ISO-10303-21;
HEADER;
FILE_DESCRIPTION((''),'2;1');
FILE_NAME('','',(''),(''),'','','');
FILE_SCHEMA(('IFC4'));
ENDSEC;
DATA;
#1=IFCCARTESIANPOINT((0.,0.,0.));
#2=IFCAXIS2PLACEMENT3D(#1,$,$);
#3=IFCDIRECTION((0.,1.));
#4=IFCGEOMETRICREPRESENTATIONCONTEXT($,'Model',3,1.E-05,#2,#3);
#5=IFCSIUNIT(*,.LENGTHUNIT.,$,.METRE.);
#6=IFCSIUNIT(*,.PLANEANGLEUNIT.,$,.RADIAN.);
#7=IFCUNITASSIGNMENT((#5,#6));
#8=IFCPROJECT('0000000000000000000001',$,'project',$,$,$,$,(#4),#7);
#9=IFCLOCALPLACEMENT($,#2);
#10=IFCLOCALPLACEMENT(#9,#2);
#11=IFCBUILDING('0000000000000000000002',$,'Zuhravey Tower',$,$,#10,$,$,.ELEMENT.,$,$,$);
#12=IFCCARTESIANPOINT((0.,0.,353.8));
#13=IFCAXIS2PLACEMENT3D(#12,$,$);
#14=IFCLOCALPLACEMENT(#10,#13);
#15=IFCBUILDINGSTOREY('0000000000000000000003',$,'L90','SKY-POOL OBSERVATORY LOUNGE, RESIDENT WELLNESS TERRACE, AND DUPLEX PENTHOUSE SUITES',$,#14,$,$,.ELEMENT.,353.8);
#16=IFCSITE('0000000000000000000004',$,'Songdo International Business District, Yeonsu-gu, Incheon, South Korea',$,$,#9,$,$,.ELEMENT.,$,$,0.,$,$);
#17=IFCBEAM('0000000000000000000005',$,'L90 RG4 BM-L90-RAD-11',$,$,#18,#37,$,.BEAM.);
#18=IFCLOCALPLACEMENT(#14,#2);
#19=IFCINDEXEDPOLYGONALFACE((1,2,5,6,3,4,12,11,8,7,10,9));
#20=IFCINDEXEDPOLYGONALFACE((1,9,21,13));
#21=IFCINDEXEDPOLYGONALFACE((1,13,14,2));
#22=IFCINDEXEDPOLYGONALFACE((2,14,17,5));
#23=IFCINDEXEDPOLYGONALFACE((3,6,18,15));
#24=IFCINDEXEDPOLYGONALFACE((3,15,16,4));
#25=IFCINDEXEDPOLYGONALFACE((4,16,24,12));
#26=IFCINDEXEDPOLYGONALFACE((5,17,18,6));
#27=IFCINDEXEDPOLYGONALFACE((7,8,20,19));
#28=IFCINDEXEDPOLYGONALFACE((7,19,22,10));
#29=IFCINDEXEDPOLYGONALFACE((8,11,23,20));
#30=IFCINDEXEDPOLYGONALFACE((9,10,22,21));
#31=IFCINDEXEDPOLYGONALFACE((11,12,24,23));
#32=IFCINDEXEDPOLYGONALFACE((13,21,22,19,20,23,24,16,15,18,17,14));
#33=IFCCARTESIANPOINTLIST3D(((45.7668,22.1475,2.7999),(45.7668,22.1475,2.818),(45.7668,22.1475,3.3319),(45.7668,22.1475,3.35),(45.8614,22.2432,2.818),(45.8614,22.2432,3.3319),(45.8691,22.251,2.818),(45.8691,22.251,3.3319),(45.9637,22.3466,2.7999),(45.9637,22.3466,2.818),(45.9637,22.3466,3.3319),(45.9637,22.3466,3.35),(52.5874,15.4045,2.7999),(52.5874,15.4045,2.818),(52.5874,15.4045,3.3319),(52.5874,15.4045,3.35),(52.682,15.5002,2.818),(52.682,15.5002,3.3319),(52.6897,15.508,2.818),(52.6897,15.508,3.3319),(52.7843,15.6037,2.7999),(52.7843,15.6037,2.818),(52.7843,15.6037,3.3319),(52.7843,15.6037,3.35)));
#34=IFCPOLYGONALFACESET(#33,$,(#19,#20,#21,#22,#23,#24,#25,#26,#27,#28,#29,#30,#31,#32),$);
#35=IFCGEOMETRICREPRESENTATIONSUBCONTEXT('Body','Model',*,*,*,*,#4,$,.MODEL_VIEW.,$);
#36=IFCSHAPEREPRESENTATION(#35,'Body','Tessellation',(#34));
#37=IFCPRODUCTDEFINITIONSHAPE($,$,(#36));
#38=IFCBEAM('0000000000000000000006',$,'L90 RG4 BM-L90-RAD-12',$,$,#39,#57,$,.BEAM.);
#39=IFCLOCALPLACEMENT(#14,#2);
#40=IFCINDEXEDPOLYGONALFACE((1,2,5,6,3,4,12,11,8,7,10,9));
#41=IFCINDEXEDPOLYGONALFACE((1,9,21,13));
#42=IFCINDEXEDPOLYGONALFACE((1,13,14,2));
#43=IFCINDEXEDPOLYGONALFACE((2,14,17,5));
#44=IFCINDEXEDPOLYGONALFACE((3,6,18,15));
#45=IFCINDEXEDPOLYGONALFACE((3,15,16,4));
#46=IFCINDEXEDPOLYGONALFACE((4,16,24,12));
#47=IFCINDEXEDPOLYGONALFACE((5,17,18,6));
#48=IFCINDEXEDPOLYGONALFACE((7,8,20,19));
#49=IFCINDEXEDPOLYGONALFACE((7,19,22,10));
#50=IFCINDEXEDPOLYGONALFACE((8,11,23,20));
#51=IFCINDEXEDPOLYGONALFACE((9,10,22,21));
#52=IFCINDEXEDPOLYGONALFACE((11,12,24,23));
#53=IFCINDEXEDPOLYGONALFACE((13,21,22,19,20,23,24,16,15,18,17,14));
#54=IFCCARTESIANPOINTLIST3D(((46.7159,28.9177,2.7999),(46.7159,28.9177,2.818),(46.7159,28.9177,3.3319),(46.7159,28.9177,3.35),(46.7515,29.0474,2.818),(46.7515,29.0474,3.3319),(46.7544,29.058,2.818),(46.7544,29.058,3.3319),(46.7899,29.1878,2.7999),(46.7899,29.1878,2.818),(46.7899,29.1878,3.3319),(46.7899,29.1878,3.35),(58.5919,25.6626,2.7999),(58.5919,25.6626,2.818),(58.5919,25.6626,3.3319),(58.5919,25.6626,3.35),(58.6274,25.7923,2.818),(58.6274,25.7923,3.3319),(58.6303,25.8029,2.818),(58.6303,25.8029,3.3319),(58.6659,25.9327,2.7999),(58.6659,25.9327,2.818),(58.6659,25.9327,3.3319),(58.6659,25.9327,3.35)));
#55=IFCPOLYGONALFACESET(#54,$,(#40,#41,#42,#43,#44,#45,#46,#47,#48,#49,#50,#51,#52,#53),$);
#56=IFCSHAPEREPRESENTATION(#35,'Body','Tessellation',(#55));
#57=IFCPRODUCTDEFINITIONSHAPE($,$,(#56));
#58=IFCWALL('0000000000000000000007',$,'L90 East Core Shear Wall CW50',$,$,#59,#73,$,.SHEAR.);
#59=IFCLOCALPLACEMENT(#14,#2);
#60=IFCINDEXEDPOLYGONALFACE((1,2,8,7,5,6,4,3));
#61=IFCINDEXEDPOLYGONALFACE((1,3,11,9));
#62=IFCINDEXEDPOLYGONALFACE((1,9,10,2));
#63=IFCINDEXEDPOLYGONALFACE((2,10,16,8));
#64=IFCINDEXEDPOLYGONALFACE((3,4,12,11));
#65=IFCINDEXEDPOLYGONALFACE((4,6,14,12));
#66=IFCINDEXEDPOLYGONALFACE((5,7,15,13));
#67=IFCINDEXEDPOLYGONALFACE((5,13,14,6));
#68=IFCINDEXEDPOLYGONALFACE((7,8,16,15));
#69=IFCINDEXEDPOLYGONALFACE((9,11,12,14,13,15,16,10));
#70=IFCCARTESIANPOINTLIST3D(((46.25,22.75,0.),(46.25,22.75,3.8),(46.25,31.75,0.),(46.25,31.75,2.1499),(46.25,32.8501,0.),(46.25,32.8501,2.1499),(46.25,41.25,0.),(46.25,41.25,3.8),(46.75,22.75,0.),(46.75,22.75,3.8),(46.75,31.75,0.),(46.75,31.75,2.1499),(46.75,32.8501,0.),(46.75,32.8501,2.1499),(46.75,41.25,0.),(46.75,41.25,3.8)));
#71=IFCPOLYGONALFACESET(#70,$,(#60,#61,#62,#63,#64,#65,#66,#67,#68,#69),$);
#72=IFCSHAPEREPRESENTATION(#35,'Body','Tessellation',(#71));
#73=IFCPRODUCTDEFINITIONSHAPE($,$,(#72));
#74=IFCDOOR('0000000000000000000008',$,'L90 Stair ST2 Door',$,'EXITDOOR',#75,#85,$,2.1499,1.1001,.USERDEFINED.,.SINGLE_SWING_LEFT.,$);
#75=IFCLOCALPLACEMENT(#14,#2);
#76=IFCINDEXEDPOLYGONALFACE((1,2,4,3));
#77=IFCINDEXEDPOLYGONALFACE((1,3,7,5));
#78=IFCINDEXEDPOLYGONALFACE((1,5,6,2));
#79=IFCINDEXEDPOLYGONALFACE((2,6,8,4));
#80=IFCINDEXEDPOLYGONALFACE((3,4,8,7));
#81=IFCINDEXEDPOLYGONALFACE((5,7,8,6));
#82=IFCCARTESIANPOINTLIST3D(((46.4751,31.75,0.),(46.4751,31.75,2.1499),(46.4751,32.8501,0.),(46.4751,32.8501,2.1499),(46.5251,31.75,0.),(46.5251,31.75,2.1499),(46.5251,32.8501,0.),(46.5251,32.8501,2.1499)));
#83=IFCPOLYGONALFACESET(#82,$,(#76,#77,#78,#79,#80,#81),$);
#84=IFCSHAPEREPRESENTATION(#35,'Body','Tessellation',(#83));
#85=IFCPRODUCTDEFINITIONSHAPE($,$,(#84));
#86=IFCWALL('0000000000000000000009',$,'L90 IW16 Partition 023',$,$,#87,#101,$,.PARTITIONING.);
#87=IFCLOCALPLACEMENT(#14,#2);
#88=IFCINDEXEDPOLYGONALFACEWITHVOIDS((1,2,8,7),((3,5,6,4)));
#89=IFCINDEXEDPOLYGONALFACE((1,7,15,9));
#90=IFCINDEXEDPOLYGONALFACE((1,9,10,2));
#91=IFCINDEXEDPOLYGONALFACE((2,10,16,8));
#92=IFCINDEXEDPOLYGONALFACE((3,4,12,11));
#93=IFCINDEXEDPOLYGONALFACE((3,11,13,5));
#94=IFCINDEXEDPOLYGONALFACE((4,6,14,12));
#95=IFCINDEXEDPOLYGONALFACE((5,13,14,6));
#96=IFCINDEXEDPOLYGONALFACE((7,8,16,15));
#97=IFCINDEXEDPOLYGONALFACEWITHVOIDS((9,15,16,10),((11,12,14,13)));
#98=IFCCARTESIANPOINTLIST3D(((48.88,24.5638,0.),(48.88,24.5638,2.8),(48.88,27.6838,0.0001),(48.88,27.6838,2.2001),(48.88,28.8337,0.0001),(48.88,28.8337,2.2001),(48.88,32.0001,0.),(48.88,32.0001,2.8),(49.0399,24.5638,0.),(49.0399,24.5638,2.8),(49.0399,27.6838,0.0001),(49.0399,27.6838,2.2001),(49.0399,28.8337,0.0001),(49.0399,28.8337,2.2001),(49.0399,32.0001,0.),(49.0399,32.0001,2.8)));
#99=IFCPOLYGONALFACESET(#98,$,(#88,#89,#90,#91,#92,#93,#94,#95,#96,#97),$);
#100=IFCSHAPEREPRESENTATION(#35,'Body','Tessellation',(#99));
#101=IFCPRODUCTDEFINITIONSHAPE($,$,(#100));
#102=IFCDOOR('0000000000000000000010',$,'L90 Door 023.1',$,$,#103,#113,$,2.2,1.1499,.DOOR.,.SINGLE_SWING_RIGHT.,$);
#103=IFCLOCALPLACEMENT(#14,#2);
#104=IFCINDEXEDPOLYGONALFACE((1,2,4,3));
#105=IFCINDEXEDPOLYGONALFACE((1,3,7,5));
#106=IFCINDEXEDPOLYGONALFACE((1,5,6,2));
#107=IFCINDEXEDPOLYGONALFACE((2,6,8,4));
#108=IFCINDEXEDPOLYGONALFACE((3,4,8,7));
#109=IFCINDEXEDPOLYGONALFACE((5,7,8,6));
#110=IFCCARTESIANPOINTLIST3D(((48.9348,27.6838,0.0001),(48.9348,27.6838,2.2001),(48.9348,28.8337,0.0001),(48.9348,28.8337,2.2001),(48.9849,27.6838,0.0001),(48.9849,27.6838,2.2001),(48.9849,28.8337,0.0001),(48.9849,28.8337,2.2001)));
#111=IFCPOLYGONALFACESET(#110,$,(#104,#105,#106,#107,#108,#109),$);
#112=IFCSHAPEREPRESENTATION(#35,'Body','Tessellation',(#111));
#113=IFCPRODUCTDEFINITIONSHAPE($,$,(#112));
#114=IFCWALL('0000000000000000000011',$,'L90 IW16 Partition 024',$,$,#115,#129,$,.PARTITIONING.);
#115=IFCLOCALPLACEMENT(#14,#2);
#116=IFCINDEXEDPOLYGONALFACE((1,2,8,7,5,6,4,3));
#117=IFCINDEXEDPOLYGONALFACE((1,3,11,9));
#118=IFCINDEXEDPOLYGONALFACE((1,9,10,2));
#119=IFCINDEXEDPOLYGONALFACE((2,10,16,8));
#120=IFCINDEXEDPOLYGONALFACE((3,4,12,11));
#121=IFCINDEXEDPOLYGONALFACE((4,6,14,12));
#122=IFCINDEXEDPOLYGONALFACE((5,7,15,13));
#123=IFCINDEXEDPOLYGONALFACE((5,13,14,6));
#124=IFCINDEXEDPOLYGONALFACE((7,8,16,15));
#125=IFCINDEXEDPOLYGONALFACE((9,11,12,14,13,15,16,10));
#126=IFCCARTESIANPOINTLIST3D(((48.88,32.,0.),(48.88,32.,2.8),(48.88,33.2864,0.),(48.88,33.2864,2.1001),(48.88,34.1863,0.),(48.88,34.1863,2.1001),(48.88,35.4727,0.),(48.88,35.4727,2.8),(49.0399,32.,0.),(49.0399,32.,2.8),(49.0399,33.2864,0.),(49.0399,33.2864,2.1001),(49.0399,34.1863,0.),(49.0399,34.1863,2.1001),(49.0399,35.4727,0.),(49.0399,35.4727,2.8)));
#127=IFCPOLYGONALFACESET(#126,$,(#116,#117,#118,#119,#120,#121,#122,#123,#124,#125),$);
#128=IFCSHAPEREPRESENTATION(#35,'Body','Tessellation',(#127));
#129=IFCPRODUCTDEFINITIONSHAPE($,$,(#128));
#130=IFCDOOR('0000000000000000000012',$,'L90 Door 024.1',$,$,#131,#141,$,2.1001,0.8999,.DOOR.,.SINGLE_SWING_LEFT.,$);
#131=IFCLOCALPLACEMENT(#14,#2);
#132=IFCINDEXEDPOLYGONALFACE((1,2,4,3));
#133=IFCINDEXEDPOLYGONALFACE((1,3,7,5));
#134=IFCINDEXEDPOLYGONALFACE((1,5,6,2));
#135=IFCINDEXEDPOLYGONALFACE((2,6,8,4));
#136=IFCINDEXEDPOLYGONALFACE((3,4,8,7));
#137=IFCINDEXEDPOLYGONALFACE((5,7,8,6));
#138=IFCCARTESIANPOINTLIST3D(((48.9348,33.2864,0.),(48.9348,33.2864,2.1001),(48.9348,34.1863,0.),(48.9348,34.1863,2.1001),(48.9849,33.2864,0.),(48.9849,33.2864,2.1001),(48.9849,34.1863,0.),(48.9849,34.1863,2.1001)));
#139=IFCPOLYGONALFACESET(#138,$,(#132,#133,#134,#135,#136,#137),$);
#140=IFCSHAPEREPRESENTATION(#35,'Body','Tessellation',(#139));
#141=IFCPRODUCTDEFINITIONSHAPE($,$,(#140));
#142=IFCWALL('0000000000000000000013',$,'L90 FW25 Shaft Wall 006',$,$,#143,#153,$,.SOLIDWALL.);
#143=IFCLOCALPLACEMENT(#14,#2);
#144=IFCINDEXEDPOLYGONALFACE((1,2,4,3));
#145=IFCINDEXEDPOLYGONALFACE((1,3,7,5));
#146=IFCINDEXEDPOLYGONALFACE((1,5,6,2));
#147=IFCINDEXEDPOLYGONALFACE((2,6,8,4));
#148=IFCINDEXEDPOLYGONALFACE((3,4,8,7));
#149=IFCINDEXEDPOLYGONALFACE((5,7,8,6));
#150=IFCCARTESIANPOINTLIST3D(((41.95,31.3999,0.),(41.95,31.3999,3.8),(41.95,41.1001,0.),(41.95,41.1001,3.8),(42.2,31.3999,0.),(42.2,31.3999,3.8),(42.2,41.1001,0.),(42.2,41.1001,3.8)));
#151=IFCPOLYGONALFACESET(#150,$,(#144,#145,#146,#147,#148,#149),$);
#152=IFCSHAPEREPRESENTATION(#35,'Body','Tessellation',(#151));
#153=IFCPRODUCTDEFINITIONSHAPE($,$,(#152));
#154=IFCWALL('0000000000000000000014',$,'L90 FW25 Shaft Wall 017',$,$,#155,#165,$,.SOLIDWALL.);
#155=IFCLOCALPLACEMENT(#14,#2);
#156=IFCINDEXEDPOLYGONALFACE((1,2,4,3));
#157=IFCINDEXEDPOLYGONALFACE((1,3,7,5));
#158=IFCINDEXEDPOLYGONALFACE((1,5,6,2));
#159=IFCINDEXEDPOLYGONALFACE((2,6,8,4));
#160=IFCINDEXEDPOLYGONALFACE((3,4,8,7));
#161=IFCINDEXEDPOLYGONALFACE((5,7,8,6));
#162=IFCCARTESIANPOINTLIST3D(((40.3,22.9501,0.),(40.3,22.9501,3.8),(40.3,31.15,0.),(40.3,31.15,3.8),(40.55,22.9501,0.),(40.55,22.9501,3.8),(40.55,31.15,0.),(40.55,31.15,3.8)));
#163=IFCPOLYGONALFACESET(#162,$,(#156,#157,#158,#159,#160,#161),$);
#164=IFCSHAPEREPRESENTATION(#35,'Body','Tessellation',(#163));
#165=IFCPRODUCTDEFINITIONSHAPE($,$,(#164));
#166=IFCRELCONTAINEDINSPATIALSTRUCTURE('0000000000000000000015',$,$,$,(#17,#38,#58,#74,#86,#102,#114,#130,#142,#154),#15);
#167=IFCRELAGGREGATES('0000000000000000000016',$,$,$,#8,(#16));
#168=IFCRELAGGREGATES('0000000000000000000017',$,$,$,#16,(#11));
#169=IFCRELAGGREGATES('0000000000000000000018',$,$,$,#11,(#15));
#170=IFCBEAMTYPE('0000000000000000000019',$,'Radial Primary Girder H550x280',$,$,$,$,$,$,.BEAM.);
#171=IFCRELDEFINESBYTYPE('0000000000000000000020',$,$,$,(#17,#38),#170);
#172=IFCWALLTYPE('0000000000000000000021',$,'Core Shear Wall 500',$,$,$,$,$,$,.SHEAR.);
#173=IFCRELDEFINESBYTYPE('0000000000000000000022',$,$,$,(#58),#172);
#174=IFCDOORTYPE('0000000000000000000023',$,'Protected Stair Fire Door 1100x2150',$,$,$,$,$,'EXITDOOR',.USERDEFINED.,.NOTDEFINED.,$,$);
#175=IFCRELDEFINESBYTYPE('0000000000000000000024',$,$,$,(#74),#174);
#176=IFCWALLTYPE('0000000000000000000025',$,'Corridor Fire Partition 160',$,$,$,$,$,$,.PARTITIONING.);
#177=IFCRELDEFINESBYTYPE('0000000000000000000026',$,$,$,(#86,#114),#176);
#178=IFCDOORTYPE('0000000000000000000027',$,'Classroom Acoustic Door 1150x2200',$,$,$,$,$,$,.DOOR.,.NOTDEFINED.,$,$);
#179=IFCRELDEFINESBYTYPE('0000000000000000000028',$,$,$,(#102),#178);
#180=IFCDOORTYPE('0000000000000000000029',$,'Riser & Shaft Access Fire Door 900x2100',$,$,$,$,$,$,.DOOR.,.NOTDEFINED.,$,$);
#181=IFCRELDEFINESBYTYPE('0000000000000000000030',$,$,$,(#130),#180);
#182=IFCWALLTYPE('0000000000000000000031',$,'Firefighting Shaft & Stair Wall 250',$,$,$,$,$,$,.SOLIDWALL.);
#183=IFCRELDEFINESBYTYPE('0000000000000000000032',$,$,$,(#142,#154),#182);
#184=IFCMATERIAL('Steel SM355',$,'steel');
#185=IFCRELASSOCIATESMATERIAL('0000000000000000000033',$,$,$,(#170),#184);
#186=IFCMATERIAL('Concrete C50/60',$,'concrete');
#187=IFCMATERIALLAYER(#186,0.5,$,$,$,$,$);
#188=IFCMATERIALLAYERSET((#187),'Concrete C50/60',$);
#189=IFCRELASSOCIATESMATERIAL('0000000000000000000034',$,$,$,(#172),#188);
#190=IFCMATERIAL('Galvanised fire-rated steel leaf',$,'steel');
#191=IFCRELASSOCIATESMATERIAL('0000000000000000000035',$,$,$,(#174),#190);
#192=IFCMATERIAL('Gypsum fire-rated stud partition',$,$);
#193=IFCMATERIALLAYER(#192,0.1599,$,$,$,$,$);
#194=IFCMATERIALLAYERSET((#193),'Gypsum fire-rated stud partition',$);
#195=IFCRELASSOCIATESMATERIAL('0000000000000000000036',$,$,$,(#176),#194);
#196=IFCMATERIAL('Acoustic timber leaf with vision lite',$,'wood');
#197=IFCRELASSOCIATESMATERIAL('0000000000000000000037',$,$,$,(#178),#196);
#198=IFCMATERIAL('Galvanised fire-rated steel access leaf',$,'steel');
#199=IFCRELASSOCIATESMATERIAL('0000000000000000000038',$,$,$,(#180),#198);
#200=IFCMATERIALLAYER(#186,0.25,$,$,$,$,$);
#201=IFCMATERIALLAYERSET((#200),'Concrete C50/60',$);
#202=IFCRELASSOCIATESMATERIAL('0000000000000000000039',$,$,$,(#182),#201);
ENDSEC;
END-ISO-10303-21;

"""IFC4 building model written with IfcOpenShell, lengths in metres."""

from ifc_helpers import new_model, si_unit, direction, frame, frame_2d, origin, origin_2d, place, context, subcontext, project, spatial, rectangle, i_section, extrude, material, layer, layer_set, material_profile, profile_set, type_object, element, fill, save


model = new_model("IFC4")

# Units and contexts
model_context = context("Model", 3, precision=1e-05, world=origin(), true_north=direction((0.0, 1.0)))
body_context = subcontext(model_context, "Body", "Model", "MODEL_VIEW")
ifc_project = project(units=[si_unit("LENGTHUNIT", "METRE"), si_unit("PLANEANGLEUNIT", "RADIAN")], contexts=[model_context])

# Site, building, storey
site_placement = place(None, origin())
site = spatial("IfcSite", under=ifc_project, at=site_placement, Name="Songdo International Business District, Yeonsu-gu, Incheon, South Korea", CompositionType="ELEMENT", RefElevation=0.0)
building_placement = place(site_placement, origin())
building = spatial("IfcBuilding", under=site, at=building_placement, Name="Zuhravey Tower", CompositionType="ELEMENT")
storey_placement = place(building_placement, frame((0.0, 0.0, 353.8)))
storey = spatial("IfcBuildingStorey", under=building, at=storey_placement, Name="L90", Description="SKY-POOL OBSERVATORY LOUNGE, RESIDENT WELLNESS TERRACE, AND DUPLEX PENTHOUSE SUITES", CompositionType="ELEMENT", Elevation=353.8)

# Beams
ifc_material_1 = material(Name="Steel SM355", Category="steel")
ifc_material_profile = material_profile(ifc_material_1, i_section(OverallWidth=0.28, OverallDepth=0.55, WebThickness=0.011, FlangeThickness=0.0181, at=origin_2d()), Name="H-550x280x11x18")
ifc_profile_set = profile_set([ifc_material_profile], Name="Steel SM355")
beam_type = type_object("IfcBeamType", Name="Radial Primary Girder H550x280", PredefinedType="BEAM", material=ifc_profile_set)
beam_1_placement = place(storey_placement, frame((45.8652, 22.2471, 3.075), z_axis=(0.711143, -0.703048, 0.0), x_axis=(0.703048, 0.711143, 0.0)))
element("IfcBeam", 1, at=beam_1_placement, inside=storey, type_object=beam_type, Name="L90 RG4 BM-L90-RAD-11", PredefinedType="BEAM", context=body_context, shape_type="SweptSolid", body=[
    extrude(i_section(OverallWidth=0.28, OverallDepth=0.55, WebThickness=0.011, FlangeThickness=0.0181, at=origin_2d()), origin(), (0.0, 0.0, 1.0), 9.5911),
])
beam_2_placement = place(storey_placement, frame((46.7529, 29.0527, 3.075), z_axis=(0.964429, -0.264344, 0.0), x_axis=(0.264344, 0.964429, 0.0)))
element("IfcBeam", 2, at=beam_2_placement, inside=storey, type_object=beam_type, Name="L90 RG4 BM-L90-RAD-12", PredefinedType="BEAM", context=body_context, shape_type="SweptSolid", body=[
    extrude(i_section(OverallWidth=0.28, OverallDepth=0.55, WebThickness=0.011, FlangeThickness=0.0181, at=origin_2d()), origin(), (0.0, 0.0, 1.0), 12.314),
])

# Walls, openings, doors
ifc_material_2 = material(Name="Concrete C50/60", Category="concrete")
ifc_layer_1 = layer(ifc_material_2, 0.5)
ifc_layer_set_1 = layer_set([ifc_layer_1], Name="Concrete C50/60")
wall_type_1 = type_object("IfcWallType", Name="Core Shear Wall 500", PredefinedType="SHEAR", material=ifc_layer_set_1)
wall_1_placement = place(storey_placement, frame((46.5, 22.75, 0.0), z_axis=(0.0, 0.0, 1.0), x_axis=(0.0, 1.0, 0.0)))
wall_1 = element("IfcWall", 3, at=wall_1_placement, inside=storey, type_object=wall_type_1, Name="L90 East Core Shear Wall CW50", PredefinedType="SHEAR", context=body_context, shape_type="SweptSolid", body=[
    extrude(rectangle(XDim=18.5, YDim=0.5, at=frame_2d((9.25, 0.0))), origin(), (0.0, 0.0, 1.0), 3.8),
])
opening_1_placement = place(wall_1_placement, frame((9.0, 0.0, 0.0)))
opening_1 = element("IfcOpeningElement", 4, at=opening_1_placement, cuts=wall_1, PredefinedType="OPENING", context=body_context, shape_type="SweptSolid", body=[
    extrude(rectangle(XDim=1.1001, YDim=2.1499, at=frame_2d((0.55, 1.075))), frame((0.0, 0.262, 0.0), z_axis=(0.0, -1.0, 0.0), x_axis=(1.0, 0.0, 0.0)), (0.0, 0.0, 1.0), 0.5239),
])
ifc_material_3 = material(Name="Galvanised fire-rated steel leaf", Category="steel")
door_type_1 = type_object("IfcDoorType", Name="Protected Stair Fire Door 1100x2150", ElementType="EXITDOOR", OperationType="NOTDEFINED", PredefinedType="USERDEFINED", material=ifc_material_3)
door_1_placement = place(opening_1_placement, origin())
door_1 = element("IfcDoor", 5, at=door_1_placement, inside=storey, type_object=door_type_1, Name="L90 Stair ST2 Door", ObjectType="EXITDOOR", OperationType="SINGLE_SWING_LEFT", OverallHeight=2.1499, OverallWidth=1.1001, PredefinedType="USERDEFINED", context=body_context, shape_type="SweptSolid", body=[
    extrude(rectangle(XDim=1.1001, YDim=2.1499, at=frame_2d((0.55, 1.075))), frame((0.0, 0.0249, 0.0), z_axis=(0.0, -1.0, 0.0), x_axis=(1.0, 0.0, 0.0)), (0.0, 0.0, 1.0), 0.05),
])
fill(opening_1, door_1)
ifc_material_4 = material(Name="Gypsum fire-rated stud partition")
ifc_layer_2 = layer(ifc_material_4, 0.1599)
ifc_layer_set_2 = layer_set([ifc_layer_2], Name="Gypsum fire-rated stud partition")
wall_type_2 = type_object("IfcWallType", Name="Corridor Fire Partition 160", PredefinedType="PARTITIONING", material=ifc_layer_set_2)
wall_2_placement = place(storey_placement, frame((48.96, 24.5637, 0.0), z_axis=(0.0, 0.0, 1.0), x_axis=(0.0, 1.0, 0.0)))
wall_2 = element("IfcWall", 6, at=wall_2_placement, inside=storey, type_object=wall_type_2, Name="L90 IW16 Partition 023", PredefinedType="PARTITIONING", context=body_context, shape_type="SweptSolid", body=[
    extrude(rectangle(XDim=7.4363, YDim=0.1599, at=frame_2d((3.7183, 0.0))), origin(), (0.0, 0.0, 1.0), 2.8),
])
opening_2_placement = place(wall_2_placement, frame((3.1201, 0.0, 0.0)))
opening_2 = element("IfcOpeningElement", 7, at=opening_2_placement, cuts=wall_2, PredefinedType="OPENING", context=body_context, shape_type="SweptSolid", body=[
    extrude(rectangle(XDim=1.1499, YDim=2.2, at=frame_2d((0.575, 1.1001))), frame((0.0, 0.092, 0.0), z_axis=(0.0, -1.0, 0.0), x_axis=(1.0, 0.0, 0.0)), (0.0, 0.0, 1.0), 0.1838),
])
ifc_material_5 = material(Name="Acoustic timber leaf with vision lite", Category="wood")
door_type_2 = type_object("IfcDoorType", Name="Classroom Acoustic Door 1150x2200", OperationType="NOTDEFINED", PredefinedType="DOOR", material=ifc_material_5)
door_2_placement = place(opening_2_placement, frame((1.1499, 0.0, 0.0), z_axis=(0.0, 0.0, 1.0), x_axis=(-1.0, 0.0, 0.0)))
door_2 = element("IfcDoor", 8, at=door_2_placement, inside=storey, type_object=door_type_2, Name="L90 Door 023.1", OperationType="SINGLE_SWING_RIGHT", OverallHeight=2.2, OverallWidth=1.1499, PredefinedType="DOOR", context=body_context, shape_type="SweptSolid", body=[
    extrude(rectangle(XDim=1.1499, YDim=2.2, at=frame_2d((0.575, 1.1001))), frame((0.0, 0.0249, 0.0), z_axis=(0.0, -1.0, 0.0), x_axis=(1.0, 0.0, 0.0)), (0.0, 0.0, 1.0), 0.05),
])
fill(opening_2, door_2)
wall_3_placement = place(storey_placement, frame((48.96, 32.0, 0.0), z_axis=(0.0, 0.0, 1.0), x_axis=(0.0, 1.0, 0.0)))
wall_3 = element("IfcWall", 9, at=wall_3_placement, inside=storey, type_object=wall_type_2, Name="L90 IW16 Partition 024", PredefinedType="PARTITIONING", context=body_context, shape_type="SweptSolid", body=[
    extrude(rectangle(XDim=3.4727, YDim=0.1599, at=frame_2d((1.7363, 0.0))), origin(), (0.0, 0.0, 1.0), 2.8),
])
opening_3_placement = place(wall_3_placement, frame((1.2864, 0.0, 0.0)))
opening_3 = element("IfcOpeningElement", 10, at=opening_3_placement, cuts=wall_3, PredefinedType="OPENING", context=body_context, shape_type="SweptSolid", body=[
    extrude(rectangle(XDim=0.8999, YDim=2.1001, at=frame_2d((0.45, 1.05))), frame((0.0, 0.092, 0.0), z_axis=(0.0, -1.0, 0.0), x_axis=(1.0, 0.0, 0.0)), (0.0, 0.0, 1.0), 0.1838),
])
ifc_material_6 = material(Name="Galvanised fire-rated steel access leaf", Category="steel")
door_type_3 = type_object("IfcDoorType", Name="Riser & Shaft Access Fire Door 900x2100", OperationType="NOTDEFINED", PredefinedType="DOOR", material=ifc_material_6)
door_3_placement = place(opening_3_placement, frame((0.8999, 0.0, 0.0), z_axis=(0.0, 0.0, 1.0), x_axis=(-1.0, 0.0, 0.0)))
door_3 = element("IfcDoor", 11, at=door_3_placement, inside=storey, type_object=door_type_3, Name="L90 Door 024.1", OperationType="SINGLE_SWING_LEFT", OverallHeight=2.1001, OverallWidth=0.8999, PredefinedType="DOOR", context=body_context, shape_type="SweptSolid", body=[
    extrude(rectangle(XDim=0.8999, YDim=2.1001, at=frame_2d((0.45, 1.05))), frame((0.0, 0.0249, 0.0), z_axis=(0.0, -1.0, 0.0), x_axis=(1.0, 0.0, 0.0)), (0.0, 0.0, 1.0), 0.05),
])
fill(opening_3, door_3)

# Walls
ifc_layer_3 = layer(ifc_material_2, 0.25)
ifc_layer_set_3 = layer_set([ifc_layer_3], Name="Concrete C50/60")
wall_type_3 = type_object("IfcWallType", Name="Firefighting Shaft & Stair Wall 250", PredefinedType="SOLIDWALL", material=ifc_layer_set_3)
wall_4_placement = place(storey_placement, frame((42.075, 31.3999, 0.0), z_axis=(0.0, 0.0, 1.0), x_axis=(0.0, 1.0, 0.0)))
element("IfcWall", 12, at=wall_4_placement, inside=storey, type_object=wall_type_3, Name="L90 FW25 Shaft Wall 006", PredefinedType="SOLIDWALL", context=body_context, shape_type="SweptSolid", body=[
    extrude(rectangle(XDim=9.7002, YDim=0.25, at=frame_2d((4.8501, 0.0))), origin(), (0.0, 0.0, 1.0), 3.8),
])
wall_5_placement = place(storey_placement, frame((40.425, 22.95, 0.0), z_axis=(0.0, 0.0, 1.0), x_axis=(0.0, 1.0, 0.0)))
element("IfcWall", 13, at=wall_5_placement, inside=storey, type_object=wall_type_3, Name="L90 FW25 Shaft Wall 017", PredefinedType="SOLIDWALL", context=body_context, shape_type="SweptSolid", body=[
    extrude(rectangle(XDim=8.2, YDim=0.25, at=frame_2d((4.1001, 0.0))), origin(), (0.0, 0.0, 1.0), 3.8),
])

save(model, "model.ifc")
